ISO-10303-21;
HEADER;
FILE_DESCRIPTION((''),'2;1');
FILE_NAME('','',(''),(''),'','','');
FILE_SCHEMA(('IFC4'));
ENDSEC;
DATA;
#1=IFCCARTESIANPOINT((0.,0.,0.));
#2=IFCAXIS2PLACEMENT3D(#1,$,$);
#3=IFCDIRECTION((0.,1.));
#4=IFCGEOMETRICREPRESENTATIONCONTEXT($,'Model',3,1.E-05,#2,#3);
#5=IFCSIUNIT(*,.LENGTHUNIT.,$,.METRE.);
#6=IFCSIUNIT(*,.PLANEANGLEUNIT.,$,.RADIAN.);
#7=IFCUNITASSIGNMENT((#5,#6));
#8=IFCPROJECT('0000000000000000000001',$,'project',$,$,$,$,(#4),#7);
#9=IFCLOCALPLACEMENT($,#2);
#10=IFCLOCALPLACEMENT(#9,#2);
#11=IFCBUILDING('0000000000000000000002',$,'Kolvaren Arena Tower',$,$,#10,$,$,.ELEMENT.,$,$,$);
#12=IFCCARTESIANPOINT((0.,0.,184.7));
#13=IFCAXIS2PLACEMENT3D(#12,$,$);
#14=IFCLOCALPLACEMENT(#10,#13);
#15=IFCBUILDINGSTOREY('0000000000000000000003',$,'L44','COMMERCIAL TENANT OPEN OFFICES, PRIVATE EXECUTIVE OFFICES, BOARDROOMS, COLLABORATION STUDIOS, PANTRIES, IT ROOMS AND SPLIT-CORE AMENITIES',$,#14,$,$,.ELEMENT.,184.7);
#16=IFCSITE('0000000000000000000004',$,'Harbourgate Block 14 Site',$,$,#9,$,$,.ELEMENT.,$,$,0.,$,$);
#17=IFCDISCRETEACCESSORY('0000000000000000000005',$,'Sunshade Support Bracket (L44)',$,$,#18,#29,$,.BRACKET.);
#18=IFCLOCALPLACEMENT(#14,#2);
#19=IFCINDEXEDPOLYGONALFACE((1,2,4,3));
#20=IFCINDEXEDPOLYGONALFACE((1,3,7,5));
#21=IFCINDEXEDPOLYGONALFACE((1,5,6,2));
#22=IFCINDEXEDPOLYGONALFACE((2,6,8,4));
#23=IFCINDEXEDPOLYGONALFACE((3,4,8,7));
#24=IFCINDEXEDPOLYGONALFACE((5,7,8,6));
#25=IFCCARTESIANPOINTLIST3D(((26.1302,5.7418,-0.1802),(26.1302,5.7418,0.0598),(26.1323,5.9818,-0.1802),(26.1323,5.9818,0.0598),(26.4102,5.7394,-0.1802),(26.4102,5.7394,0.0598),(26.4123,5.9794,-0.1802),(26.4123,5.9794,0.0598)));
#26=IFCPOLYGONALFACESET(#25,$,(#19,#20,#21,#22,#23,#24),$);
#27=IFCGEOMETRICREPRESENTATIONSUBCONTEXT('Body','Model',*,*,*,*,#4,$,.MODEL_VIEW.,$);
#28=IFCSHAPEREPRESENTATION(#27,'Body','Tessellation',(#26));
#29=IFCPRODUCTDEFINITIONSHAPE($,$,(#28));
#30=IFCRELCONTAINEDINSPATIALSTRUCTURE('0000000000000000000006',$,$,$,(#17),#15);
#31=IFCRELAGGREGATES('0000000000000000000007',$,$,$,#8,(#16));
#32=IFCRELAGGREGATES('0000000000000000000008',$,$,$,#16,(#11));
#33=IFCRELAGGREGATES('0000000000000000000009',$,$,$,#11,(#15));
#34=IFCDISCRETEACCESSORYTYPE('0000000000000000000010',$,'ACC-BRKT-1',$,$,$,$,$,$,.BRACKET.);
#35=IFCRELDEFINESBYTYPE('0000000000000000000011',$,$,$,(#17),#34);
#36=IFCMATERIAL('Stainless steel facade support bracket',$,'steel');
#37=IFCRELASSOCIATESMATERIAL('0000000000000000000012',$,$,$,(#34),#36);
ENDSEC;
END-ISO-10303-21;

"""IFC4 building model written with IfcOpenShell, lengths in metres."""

from ifc_helpers import new_model, si_unit, direction, frame, origin, origin_2d, place, context, subcontext, project, spatial, rectangle, extrude, material, type_object, element, save


model = new_model("IFC4")

# Units and contexts
model_context = context("Model", 3, precision=1e-05, world=origin(), true_north=direction((0.0, 1.0)))
body_context = subcontext(model_context, "Body", "Model", "MODEL_VIEW")
ifc_project = project(units=[si_unit("LENGTHUNIT", "METRE"), si_unit("PLANEANGLEUNIT", "RADIAN")], contexts=[model_context])

# Site, building, storey
site_placement = place(None, origin())
site = spatial("IfcSite", under=ifc_project, at=site_placement, Name="Harbourgate Block 14 Site", CompositionType="ELEMENT", RefElevation=0.0)
building_placement = place(site_placement, origin())
building = spatial("IfcBuilding", under=site, at=building_placement, Name="Kolvaren Arena Tower", CompositionType="ELEMENT")
storey_placement = place(building_placement, frame((0.0, 0.0, 184.7)))
storey = spatial("IfcBuildingStorey", under=building, at=storey_placement, Name="L44", Description="COMMERCIAL TENANT OPEN OFFICES, PRIVATE EXECUTIVE OFFICES, BOARDROOMS, COLLABORATION STUDIOS, PANTRIES, IT ROOMS AND SPLIT-CORE AMENITIES", CompositionType="ELEMENT", Elevation=184.7)

# Discrete accessory
ifc_material_1 = material(Name="Stainless steel facade support bracket", Category="steel")
discrete_accessory_type = type_object("IfcDiscreteAccessoryType", Name="ACC-BRKT-1", PredefinedType="BRACKET", material=ifc_material_1)
discrete_accessory_placement = place(storey_placement, frame((26.2712, 5.8606, -0.1802), z_axis=(0.0, 0.0, 1.0), x_axis=(-0.999962, 0.008727, 0.0)))
element("IfcDiscreteAccessory", 1, at=discrete_accessory_placement, inside=storey, type_object=discrete_accessory_type, Name="Sunshade Support Bracket (L44)", PredefinedType="BRACKET", context=body_context, shape_type="SweptSolid", body=[
    extrude(rectangle(XDim=0.28, YDim=0.24, at=origin_2d()), origin(), (0.0, 0.0, 1.0), 0.24),
])

save(model, "model.ifc")
